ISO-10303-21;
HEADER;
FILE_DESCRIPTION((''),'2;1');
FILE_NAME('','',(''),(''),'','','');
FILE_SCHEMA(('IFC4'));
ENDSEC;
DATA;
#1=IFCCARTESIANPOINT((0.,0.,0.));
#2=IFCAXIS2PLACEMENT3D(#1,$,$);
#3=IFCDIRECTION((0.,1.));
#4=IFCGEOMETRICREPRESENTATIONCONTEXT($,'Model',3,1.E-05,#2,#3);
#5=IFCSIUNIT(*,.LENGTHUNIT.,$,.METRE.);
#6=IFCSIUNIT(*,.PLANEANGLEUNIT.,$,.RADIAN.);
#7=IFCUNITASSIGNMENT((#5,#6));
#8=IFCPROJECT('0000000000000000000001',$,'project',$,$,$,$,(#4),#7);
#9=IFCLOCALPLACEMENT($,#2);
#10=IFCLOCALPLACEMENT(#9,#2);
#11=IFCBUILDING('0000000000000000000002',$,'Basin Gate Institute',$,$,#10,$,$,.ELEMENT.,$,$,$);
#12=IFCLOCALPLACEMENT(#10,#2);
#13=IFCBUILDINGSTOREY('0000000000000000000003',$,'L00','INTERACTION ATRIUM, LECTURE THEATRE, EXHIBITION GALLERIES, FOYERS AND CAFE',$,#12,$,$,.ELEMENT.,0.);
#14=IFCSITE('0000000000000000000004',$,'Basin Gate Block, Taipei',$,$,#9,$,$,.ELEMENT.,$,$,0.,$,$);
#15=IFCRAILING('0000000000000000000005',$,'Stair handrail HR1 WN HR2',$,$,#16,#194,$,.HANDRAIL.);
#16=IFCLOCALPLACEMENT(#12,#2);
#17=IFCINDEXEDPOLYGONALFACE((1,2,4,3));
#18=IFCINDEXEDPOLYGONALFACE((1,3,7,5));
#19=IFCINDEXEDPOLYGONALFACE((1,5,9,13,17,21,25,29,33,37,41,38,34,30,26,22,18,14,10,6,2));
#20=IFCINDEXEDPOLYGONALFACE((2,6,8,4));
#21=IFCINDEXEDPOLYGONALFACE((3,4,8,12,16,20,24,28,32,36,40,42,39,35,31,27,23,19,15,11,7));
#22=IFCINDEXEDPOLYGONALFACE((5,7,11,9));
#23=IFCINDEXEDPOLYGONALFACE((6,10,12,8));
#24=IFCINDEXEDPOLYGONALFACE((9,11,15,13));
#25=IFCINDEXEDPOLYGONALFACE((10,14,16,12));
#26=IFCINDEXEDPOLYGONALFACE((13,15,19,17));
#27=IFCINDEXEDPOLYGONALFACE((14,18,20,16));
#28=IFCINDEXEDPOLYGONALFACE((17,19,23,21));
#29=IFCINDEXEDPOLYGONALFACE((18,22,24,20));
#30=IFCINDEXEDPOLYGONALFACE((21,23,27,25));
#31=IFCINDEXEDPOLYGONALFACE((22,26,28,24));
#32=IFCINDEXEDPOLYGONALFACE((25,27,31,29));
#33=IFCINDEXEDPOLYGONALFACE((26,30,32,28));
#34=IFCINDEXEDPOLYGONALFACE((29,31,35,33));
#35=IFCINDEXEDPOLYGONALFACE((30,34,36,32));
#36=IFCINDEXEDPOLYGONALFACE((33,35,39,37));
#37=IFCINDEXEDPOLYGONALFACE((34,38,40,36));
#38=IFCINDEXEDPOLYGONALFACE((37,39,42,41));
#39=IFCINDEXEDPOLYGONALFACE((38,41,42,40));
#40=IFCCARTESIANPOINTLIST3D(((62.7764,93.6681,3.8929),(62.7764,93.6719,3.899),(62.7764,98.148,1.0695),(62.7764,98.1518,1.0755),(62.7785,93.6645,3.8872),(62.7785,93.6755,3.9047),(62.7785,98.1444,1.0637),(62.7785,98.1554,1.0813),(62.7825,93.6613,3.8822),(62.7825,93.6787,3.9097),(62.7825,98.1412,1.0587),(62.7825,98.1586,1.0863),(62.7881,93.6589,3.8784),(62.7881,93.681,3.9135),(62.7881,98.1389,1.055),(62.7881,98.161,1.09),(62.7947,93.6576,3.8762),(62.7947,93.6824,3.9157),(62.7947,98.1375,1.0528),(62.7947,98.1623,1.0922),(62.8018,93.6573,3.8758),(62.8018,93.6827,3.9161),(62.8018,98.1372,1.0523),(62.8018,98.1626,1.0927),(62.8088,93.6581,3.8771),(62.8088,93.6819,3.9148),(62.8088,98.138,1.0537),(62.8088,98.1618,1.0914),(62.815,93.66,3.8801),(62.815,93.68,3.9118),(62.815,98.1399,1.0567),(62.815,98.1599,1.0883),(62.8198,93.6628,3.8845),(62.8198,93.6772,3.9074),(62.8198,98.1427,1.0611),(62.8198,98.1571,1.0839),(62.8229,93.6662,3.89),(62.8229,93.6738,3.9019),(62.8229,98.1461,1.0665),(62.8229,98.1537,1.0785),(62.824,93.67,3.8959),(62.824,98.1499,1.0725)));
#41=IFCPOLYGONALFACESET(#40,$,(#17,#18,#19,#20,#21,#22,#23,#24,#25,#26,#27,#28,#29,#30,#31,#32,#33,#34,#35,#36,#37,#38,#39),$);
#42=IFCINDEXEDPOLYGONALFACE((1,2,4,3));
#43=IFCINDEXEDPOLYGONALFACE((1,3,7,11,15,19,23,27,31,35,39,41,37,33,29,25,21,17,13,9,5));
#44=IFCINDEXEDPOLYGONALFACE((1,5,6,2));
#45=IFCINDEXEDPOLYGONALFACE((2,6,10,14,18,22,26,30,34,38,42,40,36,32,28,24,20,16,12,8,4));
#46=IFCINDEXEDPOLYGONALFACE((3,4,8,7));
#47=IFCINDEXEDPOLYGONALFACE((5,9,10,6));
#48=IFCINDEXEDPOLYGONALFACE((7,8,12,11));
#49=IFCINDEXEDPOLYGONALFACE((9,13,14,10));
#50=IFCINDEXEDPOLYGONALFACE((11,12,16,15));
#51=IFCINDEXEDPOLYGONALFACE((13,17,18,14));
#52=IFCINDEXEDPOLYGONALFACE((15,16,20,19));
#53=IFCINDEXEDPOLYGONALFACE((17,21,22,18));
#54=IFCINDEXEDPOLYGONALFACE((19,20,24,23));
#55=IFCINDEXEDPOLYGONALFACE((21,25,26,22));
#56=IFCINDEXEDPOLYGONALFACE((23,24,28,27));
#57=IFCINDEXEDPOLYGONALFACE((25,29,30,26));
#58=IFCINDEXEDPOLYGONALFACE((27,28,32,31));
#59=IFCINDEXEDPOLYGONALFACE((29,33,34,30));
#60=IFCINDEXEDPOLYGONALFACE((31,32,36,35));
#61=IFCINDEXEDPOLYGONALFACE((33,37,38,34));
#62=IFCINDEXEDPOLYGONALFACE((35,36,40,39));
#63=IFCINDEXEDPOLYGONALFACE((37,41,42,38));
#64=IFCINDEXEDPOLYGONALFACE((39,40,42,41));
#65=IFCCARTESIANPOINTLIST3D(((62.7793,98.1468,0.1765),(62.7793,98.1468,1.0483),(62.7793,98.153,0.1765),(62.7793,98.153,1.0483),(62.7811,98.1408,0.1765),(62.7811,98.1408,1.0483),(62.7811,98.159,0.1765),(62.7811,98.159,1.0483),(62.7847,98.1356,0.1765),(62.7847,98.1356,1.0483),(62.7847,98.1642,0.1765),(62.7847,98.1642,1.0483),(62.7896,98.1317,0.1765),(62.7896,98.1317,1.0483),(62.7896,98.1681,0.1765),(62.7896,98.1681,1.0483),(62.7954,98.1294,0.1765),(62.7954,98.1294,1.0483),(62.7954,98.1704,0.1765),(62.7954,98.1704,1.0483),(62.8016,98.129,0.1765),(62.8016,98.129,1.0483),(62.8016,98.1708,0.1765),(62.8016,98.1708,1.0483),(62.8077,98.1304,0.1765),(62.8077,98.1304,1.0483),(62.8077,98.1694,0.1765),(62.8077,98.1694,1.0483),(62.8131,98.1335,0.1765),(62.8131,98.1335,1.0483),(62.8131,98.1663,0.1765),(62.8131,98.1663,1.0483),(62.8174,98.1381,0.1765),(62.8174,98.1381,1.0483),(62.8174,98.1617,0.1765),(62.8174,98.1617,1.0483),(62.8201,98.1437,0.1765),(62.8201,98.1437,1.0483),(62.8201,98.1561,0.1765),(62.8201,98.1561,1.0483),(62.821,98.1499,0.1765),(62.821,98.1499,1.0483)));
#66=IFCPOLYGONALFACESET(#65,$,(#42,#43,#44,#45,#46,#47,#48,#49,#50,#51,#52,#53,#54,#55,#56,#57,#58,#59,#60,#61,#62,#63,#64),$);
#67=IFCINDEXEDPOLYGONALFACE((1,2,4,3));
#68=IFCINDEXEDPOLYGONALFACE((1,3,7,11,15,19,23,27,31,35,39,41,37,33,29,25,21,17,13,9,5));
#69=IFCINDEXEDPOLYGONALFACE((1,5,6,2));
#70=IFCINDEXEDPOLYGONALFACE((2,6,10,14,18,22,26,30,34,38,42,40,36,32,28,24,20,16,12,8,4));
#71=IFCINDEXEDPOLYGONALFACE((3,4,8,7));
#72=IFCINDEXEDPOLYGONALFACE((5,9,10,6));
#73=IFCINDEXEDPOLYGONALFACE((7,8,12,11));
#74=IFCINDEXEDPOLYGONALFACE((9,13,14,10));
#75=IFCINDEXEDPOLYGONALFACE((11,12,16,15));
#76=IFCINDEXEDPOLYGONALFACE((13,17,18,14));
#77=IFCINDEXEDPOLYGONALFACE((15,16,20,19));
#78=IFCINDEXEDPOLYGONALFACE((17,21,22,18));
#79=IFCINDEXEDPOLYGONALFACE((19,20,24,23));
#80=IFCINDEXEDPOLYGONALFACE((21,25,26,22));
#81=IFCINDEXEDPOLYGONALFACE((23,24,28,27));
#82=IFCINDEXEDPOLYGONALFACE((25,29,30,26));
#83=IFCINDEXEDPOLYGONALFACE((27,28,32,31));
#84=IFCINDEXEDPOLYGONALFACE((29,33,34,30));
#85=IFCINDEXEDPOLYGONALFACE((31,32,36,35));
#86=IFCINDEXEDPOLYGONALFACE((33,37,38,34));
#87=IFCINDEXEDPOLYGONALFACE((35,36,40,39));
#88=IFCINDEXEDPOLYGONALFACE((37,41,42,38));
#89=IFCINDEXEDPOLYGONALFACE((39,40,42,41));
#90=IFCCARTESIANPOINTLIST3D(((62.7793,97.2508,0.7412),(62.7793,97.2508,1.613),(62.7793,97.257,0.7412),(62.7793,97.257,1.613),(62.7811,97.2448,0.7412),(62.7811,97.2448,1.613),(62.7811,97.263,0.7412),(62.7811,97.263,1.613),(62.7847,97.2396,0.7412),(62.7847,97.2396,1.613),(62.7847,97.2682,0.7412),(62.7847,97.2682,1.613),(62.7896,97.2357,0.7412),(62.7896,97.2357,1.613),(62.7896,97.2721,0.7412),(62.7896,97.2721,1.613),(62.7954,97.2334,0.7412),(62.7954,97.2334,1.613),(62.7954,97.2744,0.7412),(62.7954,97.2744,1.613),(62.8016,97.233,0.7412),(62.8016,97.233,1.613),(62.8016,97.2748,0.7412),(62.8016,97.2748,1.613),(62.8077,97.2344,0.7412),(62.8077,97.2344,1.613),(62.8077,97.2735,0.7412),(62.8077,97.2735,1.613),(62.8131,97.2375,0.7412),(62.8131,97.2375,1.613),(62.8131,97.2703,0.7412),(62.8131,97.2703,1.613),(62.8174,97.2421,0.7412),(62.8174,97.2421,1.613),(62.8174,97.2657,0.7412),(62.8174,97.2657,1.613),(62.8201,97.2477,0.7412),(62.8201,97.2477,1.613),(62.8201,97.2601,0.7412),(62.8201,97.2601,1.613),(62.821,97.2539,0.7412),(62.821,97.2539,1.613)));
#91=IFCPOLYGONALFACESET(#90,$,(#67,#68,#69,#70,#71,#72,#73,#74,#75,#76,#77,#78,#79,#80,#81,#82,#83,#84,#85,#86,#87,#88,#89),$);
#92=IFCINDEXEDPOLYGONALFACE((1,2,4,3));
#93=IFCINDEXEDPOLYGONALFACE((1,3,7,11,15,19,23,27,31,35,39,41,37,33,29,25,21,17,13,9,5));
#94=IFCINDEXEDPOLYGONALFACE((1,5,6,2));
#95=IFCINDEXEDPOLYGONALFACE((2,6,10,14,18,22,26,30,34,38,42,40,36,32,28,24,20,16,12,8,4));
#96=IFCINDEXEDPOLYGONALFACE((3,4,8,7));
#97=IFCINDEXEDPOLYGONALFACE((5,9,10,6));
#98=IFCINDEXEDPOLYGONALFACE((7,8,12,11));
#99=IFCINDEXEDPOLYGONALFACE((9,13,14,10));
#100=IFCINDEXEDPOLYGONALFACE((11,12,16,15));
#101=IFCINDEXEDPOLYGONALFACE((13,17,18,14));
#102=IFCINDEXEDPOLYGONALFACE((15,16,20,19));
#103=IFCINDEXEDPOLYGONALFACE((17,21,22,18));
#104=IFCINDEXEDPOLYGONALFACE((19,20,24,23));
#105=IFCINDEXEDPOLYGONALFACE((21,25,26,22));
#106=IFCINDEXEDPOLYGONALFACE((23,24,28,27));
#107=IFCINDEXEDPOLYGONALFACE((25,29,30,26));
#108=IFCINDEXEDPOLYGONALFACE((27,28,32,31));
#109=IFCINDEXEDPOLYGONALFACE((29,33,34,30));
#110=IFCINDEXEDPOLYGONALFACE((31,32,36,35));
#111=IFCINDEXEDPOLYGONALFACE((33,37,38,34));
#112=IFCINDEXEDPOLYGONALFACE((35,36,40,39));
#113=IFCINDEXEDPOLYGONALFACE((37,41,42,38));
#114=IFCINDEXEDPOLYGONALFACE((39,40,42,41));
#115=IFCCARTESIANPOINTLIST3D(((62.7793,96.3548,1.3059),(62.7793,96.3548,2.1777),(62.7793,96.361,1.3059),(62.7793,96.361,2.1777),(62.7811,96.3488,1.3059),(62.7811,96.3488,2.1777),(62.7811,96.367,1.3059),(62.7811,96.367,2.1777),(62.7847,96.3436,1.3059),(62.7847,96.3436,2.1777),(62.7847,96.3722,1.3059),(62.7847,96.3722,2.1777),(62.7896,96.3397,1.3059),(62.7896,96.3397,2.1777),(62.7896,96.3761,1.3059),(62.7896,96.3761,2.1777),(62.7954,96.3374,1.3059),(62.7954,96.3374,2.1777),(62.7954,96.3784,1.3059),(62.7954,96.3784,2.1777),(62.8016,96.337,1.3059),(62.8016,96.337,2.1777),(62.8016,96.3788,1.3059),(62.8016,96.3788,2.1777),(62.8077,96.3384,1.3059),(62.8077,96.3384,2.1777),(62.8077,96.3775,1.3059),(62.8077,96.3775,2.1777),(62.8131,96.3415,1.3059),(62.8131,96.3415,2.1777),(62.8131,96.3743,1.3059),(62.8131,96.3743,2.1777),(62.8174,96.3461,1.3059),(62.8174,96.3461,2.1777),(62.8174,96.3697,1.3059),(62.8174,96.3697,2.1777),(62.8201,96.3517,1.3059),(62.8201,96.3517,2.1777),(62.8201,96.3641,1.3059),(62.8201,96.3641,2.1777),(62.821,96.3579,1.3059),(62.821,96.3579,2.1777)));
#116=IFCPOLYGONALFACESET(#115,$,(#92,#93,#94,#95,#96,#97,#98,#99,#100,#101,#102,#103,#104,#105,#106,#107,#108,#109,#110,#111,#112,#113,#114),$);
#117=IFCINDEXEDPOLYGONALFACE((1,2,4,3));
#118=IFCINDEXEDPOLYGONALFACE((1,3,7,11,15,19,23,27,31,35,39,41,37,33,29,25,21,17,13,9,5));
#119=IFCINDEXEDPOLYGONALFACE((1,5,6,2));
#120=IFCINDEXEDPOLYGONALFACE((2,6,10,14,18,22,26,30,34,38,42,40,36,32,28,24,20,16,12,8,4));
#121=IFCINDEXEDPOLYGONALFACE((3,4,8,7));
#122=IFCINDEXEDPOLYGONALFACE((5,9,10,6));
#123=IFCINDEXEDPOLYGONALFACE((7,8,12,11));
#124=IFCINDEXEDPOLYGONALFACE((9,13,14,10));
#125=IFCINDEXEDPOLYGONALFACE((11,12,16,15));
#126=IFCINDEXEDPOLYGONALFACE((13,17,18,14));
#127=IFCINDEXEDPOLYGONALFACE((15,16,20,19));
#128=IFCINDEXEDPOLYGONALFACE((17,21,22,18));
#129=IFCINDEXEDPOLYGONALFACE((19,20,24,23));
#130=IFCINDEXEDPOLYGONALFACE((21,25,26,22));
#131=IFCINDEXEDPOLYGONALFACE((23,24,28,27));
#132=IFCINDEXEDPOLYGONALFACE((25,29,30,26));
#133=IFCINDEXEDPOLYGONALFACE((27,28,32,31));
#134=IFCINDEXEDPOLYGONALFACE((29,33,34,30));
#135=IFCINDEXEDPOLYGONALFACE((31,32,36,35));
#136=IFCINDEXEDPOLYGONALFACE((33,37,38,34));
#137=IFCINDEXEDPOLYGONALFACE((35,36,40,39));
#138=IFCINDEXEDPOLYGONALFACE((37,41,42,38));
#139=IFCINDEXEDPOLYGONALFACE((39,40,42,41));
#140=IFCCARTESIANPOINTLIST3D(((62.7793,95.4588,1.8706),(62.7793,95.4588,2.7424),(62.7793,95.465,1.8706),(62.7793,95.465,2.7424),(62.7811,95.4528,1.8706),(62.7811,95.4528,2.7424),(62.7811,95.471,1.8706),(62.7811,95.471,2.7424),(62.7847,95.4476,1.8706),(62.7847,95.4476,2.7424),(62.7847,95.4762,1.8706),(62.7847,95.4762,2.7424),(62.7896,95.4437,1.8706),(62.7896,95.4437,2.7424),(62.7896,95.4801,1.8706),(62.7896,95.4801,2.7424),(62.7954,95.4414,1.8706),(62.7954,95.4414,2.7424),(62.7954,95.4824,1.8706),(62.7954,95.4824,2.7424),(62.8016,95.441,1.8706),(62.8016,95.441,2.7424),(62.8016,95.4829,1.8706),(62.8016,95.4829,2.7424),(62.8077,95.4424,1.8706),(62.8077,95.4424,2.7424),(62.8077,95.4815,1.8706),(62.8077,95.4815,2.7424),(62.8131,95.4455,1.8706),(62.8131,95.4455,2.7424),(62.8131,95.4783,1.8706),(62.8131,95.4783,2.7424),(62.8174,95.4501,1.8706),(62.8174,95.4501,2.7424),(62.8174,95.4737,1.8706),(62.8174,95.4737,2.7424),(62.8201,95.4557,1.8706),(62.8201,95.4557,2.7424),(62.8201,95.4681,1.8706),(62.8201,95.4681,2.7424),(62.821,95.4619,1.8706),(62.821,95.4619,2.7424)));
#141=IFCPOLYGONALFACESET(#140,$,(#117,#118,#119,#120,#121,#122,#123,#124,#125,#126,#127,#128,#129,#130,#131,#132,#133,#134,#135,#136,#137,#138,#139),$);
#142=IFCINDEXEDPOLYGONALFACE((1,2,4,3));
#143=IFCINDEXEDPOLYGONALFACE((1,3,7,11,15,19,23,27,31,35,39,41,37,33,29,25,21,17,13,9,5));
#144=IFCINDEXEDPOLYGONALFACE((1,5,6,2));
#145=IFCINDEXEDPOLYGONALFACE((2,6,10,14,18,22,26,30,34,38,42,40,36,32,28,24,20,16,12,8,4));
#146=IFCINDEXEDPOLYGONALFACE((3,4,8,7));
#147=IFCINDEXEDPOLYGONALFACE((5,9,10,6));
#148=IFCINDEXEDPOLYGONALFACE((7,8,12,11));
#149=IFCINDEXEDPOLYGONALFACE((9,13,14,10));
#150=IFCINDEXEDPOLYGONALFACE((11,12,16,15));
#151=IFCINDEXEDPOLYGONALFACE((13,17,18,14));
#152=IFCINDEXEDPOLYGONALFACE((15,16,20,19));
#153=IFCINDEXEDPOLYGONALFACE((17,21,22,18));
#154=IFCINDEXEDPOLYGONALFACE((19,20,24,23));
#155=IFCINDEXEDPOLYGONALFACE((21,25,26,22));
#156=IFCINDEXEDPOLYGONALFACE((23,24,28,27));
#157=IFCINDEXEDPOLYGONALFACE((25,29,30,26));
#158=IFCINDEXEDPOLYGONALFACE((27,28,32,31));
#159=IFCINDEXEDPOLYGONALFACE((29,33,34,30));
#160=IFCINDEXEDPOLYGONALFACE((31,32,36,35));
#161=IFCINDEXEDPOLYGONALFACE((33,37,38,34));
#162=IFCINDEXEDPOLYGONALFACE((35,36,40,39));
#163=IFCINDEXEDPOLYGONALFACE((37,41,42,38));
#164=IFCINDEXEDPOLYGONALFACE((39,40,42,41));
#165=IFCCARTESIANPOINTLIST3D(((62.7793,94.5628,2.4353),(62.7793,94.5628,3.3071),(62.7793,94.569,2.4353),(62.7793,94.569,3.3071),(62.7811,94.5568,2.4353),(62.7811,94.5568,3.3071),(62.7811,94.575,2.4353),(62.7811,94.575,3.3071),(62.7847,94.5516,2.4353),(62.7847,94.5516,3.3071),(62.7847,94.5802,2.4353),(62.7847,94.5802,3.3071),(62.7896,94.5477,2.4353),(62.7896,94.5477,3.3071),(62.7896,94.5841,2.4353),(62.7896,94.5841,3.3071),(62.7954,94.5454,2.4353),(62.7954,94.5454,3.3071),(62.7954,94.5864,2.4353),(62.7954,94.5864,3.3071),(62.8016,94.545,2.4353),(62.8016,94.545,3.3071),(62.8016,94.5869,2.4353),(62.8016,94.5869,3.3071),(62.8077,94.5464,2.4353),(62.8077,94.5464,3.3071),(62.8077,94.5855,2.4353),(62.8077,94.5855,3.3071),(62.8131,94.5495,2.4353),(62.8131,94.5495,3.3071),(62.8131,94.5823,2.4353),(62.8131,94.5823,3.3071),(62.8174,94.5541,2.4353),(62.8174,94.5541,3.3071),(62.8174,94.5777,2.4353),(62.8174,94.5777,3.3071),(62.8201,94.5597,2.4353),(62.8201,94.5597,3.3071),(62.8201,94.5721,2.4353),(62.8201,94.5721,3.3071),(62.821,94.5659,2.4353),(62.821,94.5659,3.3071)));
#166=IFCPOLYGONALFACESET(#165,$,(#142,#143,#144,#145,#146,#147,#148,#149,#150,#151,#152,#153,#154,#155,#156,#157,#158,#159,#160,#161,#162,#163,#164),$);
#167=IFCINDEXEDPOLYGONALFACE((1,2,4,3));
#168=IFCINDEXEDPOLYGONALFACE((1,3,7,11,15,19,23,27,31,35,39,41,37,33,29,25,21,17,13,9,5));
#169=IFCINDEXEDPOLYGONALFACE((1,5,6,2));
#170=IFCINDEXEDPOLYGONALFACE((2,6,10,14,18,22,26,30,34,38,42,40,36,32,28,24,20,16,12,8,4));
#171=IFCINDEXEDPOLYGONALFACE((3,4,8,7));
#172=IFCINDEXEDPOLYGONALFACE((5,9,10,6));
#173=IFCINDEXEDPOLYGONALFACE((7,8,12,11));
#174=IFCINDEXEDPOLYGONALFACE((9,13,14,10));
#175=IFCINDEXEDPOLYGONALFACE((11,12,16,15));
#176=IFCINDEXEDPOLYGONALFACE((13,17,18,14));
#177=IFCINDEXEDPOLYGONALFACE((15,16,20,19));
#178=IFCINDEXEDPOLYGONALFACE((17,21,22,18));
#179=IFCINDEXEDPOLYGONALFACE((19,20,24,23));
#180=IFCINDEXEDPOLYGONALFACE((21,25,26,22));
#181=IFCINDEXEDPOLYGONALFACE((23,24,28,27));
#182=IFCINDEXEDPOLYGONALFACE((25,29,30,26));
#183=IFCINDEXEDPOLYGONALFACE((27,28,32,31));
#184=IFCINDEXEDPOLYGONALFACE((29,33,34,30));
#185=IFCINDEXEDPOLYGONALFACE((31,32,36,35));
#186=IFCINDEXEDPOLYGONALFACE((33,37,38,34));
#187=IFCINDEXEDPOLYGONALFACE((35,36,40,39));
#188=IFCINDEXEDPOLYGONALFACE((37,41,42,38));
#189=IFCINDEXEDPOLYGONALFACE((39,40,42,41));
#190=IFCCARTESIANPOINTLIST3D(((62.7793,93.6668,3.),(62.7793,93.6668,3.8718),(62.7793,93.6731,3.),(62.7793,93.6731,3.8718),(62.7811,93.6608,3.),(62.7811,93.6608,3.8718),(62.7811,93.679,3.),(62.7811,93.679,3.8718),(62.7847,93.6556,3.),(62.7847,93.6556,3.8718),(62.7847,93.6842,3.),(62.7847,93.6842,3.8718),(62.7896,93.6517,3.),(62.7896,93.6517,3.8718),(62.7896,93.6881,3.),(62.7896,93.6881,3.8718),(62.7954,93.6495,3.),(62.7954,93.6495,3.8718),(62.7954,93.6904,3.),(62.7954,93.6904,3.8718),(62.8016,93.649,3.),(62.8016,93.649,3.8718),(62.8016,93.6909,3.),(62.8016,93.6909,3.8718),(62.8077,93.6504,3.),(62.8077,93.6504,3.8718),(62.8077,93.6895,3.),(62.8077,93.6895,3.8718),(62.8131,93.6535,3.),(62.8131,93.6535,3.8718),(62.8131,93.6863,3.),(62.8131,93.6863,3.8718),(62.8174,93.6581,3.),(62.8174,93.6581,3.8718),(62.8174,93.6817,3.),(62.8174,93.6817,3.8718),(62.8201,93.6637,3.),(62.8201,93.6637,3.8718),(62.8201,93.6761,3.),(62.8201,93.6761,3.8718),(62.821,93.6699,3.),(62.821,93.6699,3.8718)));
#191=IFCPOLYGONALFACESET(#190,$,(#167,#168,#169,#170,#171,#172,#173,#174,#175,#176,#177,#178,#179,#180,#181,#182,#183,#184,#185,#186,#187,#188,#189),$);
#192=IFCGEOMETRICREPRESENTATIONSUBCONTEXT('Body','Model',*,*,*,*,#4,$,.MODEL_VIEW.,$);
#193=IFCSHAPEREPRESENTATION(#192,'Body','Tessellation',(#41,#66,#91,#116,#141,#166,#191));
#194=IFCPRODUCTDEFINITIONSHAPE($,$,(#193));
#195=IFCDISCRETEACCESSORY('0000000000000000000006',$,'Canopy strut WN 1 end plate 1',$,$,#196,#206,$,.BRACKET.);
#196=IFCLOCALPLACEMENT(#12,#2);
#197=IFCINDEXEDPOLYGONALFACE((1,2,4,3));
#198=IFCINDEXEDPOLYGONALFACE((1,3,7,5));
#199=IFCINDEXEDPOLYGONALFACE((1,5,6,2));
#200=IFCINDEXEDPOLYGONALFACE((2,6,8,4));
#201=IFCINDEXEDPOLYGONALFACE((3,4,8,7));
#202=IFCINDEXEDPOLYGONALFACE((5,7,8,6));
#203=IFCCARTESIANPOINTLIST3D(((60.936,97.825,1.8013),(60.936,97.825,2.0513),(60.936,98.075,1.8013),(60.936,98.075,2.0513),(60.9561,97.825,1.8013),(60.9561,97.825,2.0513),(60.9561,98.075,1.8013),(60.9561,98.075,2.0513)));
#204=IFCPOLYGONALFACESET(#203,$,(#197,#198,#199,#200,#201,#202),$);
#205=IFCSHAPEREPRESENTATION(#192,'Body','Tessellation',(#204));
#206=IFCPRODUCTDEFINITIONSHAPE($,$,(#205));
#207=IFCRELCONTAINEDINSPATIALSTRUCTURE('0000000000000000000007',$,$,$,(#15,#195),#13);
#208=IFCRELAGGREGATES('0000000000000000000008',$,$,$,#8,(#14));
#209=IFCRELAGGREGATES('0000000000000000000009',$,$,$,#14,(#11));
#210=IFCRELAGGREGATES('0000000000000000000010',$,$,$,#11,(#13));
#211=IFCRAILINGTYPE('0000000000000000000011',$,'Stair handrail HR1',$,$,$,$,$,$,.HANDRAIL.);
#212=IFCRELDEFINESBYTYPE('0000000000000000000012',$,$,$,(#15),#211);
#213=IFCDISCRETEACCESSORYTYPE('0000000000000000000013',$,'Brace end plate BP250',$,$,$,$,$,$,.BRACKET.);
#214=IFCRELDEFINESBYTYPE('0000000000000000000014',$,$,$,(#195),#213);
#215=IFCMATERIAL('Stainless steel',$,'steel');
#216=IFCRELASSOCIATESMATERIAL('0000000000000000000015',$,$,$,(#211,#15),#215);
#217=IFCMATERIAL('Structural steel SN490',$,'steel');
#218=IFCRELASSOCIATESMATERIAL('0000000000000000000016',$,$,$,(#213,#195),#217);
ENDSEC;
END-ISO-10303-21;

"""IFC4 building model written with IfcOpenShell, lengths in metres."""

from ifc_helpers import new_model, si_unit, direction, frame, origin, origin_2d, place, context, subcontext, project, spatial, rectangle, circle, extrude, material, type_object, element, save


model = new_model("IFC4")

# Units and contexts
model_context = context("Model", 3, precision=1e-05, world=origin(), true_north=direction((0.0, 1.0)))
body_context = subcontext(model_context, "Body", "Model", "MODEL_VIEW")
ifc_project = project(units=[si_unit("LENGTHUNIT", "METRE"), si_unit("PLANEANGLEUNIT", "RADIAN")], contexts=[model_context])

# Site, building, storey
site_placement = place(None, origin())
site = spatial("IfcSite", under=ifc_project, at=site_placement, Name="Basin Gate Block, Taipei", CompositionType="ELEMENT", RefElevation=0.0)
building_placement = place(site_placement, origin())
building = spatial("IfcBuilding", under=site, at=building_placement, Name="Basin Gate Institute", CompositionType="ELEMENT")
storey_placement = place(building_placement, origin())
storey = spatial("IfcBuildingStorey", under=building, at=storey_placement, Name="L00", Description="INTERACTION ATRIUM, LECTURE THEATRE, EXHIBITION GALLERIES, FOYERS AND CAFE", CompositionType="ELEMENT", Elevation=0.0)

# Railing
ifc_material_1 = material(Name="Stainless steel", Category="steel")
railing_type_1 = type_object("IfcRailingType", Name="Stair handrail HR1", PredefinedType="HANDRAIL", material=ifc_material_1)
for number, where, name in (
    (1, (62.8, 98.1499, 0.1765), "Stair handrail HR1 WN HR2"),
):
    element("IfcRailing", number, at=place(storey_placement, frame(where)), inside=storey, type_object=railing_type_1, material=ifc_material_1, Name=name, PredefinedType="HANDRAIL", context=body_context, shape_type="SweptSolid", body=[
        extrude(circle(Radius=0.0239, at=origin_2d()), frame((0.0, 0.0, 0.896), z_axis=(0.0, -0.845998, 0.533186), x_axis=(1.0, 0.0, 0.0)), (0.0, 0.0, 1.0), 5.2954),
        extrude(circle(Radius=0.021, at=origin_2d()), origin(), (0.0, 0.0, 1.0), 0.8718),
        extrude(circle(Radius=0.021, at=origin_2d()), frame((0.0, -0.896, 0.5647)), (0.0, 0.0, 1.0), 0.8718),
        extrude(circle(Radius=0.021, at=origin_2d()), frame((0.0, -1.792, 1.1294)), (0.0, 0.0, 1.0), 0.8718),
        extrude(circle(Radius=0.021, at=origin_2d()), frame((0.0, -2.688, 1.6941)), (0.0, 0.0, 1.0), 0.8718),
        extrude(circle(Radius=0.021, at=origin_2d()), frame((0.0, -3.584, 2.2588)), (0.0, 0.0, 1.0), 0.8718),
        extrude(circle(Radius=0.021, at=origin_2d()), frame((0.0, -4.48, 2.8235)), (0.0, 0.0, 1.0), 0.8718),
    ])

# Discrete accessory
ifc_material_2 = material(Name="Structural steel SN490", Category="steel")
discrete_accessory_type = type_object("IfcDiscreteAccessoryType", Name="Brace end plate BP250", PredefinedType="BRACKET", material=ifc_material_2)
discrete_accessory_1_placement = place(storey_placement, frame((60.946, 97.95, 1.8013), z_axis=(0.0, 0.0, 1.0), x_axis=(1.0, 0.0, 0.0)))
element("IfcDiscreteAccessory", 2, at=discrete_accessory_1_placement, inside=storey, type_object=discrete_accessory_type, material=ifc_material_2, Name="Canopy strut WN 1 end plate 1", PredefinedType="BRACKET", context=body_context, shape_type="SweptSolid", body=[
    extrude(rectangle(XDim=0.02, YDim=0.25, at=origin_2d()), origin(), (0.0, 0.0, 1.0), 0.25),
])

save(model, "model.ifc")
